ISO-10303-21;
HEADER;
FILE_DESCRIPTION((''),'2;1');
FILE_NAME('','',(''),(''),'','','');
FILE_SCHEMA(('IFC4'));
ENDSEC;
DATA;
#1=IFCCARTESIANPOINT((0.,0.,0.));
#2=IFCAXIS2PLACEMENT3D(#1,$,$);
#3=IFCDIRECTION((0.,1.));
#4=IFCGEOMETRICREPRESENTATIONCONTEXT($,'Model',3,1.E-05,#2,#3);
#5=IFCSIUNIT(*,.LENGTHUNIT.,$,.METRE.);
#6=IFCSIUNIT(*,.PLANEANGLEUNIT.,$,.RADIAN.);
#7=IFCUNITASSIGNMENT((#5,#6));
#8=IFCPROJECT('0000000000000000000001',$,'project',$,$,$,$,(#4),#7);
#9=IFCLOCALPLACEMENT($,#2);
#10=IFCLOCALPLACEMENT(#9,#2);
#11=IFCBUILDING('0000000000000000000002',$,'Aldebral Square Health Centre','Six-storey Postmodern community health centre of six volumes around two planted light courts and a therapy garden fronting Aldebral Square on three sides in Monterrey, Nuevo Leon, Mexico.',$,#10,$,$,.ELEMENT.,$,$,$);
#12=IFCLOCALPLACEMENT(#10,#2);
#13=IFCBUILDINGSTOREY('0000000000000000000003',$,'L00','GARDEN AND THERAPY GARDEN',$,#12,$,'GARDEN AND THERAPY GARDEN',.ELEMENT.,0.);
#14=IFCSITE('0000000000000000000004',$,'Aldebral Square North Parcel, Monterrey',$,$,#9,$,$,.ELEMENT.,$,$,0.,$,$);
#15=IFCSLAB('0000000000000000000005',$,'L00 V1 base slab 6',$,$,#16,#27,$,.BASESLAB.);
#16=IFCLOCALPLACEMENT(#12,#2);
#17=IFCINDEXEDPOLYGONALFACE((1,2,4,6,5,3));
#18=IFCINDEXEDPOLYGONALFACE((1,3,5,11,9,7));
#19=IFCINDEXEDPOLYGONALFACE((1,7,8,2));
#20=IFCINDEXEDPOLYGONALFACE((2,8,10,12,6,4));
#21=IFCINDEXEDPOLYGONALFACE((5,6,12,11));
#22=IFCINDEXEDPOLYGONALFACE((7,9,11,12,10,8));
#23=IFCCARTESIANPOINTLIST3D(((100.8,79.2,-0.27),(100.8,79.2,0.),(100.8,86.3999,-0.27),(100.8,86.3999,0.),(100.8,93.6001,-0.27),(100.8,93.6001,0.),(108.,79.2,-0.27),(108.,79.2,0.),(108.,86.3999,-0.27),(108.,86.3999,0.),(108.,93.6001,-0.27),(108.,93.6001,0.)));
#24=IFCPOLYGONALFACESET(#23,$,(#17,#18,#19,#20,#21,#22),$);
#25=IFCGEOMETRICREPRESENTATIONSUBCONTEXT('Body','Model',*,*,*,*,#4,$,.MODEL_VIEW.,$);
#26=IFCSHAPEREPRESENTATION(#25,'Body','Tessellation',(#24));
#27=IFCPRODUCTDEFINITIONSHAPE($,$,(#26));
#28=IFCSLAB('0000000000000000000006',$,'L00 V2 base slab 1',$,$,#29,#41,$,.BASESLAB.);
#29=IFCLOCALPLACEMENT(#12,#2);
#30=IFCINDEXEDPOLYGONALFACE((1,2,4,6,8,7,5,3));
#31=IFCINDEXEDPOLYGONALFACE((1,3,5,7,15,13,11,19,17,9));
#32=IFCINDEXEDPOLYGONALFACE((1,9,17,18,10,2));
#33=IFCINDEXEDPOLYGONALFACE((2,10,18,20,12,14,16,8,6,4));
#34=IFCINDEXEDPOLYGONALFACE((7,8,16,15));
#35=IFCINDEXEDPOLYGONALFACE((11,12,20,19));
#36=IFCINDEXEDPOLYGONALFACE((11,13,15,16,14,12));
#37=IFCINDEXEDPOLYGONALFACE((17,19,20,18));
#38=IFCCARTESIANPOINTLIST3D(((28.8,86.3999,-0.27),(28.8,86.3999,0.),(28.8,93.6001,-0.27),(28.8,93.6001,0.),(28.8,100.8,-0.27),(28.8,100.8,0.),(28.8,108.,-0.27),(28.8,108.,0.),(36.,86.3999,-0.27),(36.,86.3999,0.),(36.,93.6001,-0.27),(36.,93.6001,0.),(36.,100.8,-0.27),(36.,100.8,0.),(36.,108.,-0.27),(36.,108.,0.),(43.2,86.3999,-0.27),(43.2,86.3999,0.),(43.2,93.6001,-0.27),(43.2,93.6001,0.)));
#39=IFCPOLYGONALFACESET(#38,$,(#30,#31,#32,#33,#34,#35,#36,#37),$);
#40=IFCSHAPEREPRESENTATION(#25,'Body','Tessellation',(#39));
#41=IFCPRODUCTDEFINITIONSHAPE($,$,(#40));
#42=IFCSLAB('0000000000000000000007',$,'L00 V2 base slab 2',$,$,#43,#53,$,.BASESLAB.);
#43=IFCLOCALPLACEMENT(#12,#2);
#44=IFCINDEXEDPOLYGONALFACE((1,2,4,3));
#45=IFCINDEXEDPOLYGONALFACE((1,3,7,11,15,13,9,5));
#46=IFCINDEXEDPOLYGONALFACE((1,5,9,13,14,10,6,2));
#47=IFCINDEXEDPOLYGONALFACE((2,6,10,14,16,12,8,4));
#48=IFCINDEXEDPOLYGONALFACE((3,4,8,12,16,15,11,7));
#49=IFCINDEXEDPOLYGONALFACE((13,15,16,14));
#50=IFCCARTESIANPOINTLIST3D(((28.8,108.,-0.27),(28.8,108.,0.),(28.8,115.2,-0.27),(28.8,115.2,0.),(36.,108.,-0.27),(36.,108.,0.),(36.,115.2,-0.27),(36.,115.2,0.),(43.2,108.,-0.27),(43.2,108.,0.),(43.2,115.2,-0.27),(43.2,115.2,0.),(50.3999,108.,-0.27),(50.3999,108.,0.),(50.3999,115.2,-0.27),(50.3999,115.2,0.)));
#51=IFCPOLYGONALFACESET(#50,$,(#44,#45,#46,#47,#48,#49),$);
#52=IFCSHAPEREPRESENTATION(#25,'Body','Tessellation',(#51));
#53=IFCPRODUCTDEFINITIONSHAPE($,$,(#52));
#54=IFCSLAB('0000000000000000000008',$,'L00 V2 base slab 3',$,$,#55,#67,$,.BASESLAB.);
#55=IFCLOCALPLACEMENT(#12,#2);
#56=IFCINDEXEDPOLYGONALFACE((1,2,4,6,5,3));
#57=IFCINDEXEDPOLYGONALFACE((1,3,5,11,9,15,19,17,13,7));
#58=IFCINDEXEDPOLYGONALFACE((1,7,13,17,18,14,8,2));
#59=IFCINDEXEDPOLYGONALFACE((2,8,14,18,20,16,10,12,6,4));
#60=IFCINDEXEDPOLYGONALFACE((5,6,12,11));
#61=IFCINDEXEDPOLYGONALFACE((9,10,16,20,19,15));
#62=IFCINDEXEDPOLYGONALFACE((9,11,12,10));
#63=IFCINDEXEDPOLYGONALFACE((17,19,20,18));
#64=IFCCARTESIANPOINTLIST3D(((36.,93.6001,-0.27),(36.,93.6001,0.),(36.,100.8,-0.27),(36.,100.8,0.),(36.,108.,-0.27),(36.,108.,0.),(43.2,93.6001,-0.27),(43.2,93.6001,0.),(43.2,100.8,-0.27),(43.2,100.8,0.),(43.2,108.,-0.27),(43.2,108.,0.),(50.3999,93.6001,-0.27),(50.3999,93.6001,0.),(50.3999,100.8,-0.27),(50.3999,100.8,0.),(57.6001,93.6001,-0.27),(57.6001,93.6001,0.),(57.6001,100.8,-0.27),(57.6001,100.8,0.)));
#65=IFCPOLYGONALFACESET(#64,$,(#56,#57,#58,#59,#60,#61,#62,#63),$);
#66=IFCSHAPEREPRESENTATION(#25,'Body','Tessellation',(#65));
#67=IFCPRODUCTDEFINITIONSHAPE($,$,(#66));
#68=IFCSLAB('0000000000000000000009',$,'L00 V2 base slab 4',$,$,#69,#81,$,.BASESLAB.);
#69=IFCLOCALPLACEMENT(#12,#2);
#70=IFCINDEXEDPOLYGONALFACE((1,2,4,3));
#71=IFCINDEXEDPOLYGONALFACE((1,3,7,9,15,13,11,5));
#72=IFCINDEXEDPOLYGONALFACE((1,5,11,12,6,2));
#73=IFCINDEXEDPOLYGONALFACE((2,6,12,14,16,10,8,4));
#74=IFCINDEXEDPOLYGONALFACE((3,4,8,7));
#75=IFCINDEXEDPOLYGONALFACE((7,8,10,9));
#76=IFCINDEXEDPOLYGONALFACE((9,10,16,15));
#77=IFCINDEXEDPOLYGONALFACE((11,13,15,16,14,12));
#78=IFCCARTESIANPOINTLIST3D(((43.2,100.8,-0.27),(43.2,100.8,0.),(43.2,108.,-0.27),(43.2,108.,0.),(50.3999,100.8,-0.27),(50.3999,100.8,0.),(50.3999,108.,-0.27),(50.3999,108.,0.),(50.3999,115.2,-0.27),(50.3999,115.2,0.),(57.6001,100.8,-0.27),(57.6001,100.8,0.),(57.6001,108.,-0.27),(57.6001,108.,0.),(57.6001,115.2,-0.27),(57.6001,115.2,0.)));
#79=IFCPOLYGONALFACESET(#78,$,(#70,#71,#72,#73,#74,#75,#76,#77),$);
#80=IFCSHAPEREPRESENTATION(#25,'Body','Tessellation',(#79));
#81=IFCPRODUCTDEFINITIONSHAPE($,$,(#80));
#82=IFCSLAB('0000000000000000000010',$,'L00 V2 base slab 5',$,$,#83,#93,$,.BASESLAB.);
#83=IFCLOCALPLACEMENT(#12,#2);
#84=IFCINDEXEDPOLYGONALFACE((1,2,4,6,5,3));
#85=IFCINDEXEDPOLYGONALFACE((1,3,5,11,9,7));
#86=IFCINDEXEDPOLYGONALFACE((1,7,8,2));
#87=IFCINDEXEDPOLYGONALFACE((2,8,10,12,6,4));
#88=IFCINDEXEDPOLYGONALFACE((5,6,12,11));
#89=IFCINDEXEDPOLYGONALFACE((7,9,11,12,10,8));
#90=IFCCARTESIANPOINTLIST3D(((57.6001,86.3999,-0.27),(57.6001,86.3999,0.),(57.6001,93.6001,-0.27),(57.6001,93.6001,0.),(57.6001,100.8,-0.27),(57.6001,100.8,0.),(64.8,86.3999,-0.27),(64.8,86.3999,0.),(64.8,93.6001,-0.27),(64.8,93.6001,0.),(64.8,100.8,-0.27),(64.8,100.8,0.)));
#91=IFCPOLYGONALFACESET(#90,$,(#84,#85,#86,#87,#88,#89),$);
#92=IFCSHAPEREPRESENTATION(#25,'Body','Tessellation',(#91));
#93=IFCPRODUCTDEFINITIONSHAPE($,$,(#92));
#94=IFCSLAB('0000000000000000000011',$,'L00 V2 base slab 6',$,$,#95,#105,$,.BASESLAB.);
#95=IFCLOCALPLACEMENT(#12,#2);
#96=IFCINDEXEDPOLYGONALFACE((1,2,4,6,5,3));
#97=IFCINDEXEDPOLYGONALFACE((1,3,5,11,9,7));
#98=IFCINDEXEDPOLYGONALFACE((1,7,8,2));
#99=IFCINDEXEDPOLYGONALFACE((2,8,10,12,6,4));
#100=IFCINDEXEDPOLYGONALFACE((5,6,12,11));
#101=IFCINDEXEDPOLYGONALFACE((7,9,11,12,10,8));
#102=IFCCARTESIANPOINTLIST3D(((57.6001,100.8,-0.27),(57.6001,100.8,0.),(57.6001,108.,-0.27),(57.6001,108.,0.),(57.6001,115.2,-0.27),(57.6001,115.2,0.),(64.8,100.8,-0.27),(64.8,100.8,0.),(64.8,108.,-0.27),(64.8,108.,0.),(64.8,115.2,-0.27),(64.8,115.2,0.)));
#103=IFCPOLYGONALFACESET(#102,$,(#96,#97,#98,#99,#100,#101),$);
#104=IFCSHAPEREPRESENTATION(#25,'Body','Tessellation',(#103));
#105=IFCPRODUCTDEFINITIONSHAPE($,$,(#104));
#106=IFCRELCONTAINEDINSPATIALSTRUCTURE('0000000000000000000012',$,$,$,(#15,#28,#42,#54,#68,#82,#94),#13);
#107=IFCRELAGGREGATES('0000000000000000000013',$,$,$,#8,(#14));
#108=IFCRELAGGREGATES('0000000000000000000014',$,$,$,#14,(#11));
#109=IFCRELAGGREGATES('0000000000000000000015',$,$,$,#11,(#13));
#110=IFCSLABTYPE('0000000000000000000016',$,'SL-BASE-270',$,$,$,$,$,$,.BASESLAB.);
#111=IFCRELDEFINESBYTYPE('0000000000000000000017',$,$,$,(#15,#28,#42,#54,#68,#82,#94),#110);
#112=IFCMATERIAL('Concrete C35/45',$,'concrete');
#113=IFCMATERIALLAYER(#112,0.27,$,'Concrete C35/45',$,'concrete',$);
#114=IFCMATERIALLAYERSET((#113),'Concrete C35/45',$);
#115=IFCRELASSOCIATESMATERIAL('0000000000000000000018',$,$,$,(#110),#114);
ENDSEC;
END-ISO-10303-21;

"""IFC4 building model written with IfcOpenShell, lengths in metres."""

from ifc_helpers import new_model, si_unit, direction, frame, origin, place, context, subcontext, project, spatial, polyline, outline, extrude, material, layer, layer_set, type_object, element, save


model = new_model("IFC4")

# Units and contexts
model_context = context("Model", 3, precision=1e-05, world=origin(), true_north=direction((0.0, 1.0)))
body_context = subcontext(model_context, "Body", "Model", "MODEL_VIEW")
ifc_project = project(units=[si_unit("LENGTHUNIT", "METRE"), si_unit("PLANEANGLEUNIT", "RADIAN")], contexts=[model_context])

# Site, building, storey
site_placement = place(None, origin())
site = spatial("IfcSite", under=ifc_project, at=site_placement, Name="Aldebral Square North Parcel, Monterrey", CompositionType="ELEMENT", RefElevation=0.0)
building_placement = place(site_placement, origin())
building = spatial("IfcBuilding", under=site, at=building_placement, Name="Aldebral Square Health Centre", Description="Six-storey Postmodern community health centre of six volumes around two planted light courts and a therapy garden fronting Aldebral Square on three sides in Monterrey, Nuevo Leon, Mexico.", CompositionType="ELEMENT")
storey_placement = place(building_placement, origin())
storey = spatial("IfcBuildingStorey", under=building, at=storey_placement, Name="L00", Description="GARDEN AND THERAPY GARDEN", LongName="GARDEN AND THERAPY GARDEN", CompositionType="ELEMENT", Elevation=0.0)

# Shared definitions
ifc_material_1 = material(Name="Concrete C35/45", Category="concrete")

# Slabs
ifc_layer_1 = layer(ifc_material_1, 0.27, Name="Concrete C35/45", Category="concrete")
ifc_layer_set_1 = layer_set([ifc_layer_1], Name="Concrete C35/45")
slab_type_1 = type_object("IfcSlabType", Name="SL-BASE-270", PredefinedType="BASESLAB", material=ifc_layer_set_1)
slab_1_placement = place(storey_placement, frame((0.0, 0.0, -0.27)))
element("IfcSlab", 1, at=slab_1_placement, inside=storey, type_object=slab_type_1, Name="L00 V1 base slab 6", PredefinedType="BASESLAB", context=body_context, shape_type="SweptSolid", body=[
    extrude(outline(polyline([(108.0, 79.2), (100.8, 79.2), (100.8, 86.3999), (100.8, 93.6001), (108.0, 93.6001), (108.0, 86.3999), (108.0, 79.2)])), origin(), (0.0, 0.0, 1.0), 0.27),
])
slab_2_placement = place(storey_placement, frame((0.0, 0.0, -0.27)))
element("IfcSlab", 2, at=slab_2_placement, inside=storey, type_object=slab_type_1, Name="L00 V2 base slab 1", PredefinedType="BASESLAB", context=body_context, shape_type="SweptSolid", body=[
    extrude(outline(polyline([(28.8, 93.6001), (28.8, 100.8), (28.8, 108.0), (36.0, 108.0), (36.0, 100.8), (36.0, 93.6001), (43.2, 93.6001), (43.2, 86.3999), (36.0, 86.3999), (28.8, 86.3999), (28.8, 93.6001)])), origin(), (0.0, 0.0, 1.0), 0.27),
])
slab_3_placement = place(storey_placement, frame((0.0, 0.0, -0.27)))
element("IfcSlab", 3, at=slab_3_placement, inside=storey, type_object=slab_type_1, Name="L00 V2 base slab 2", PredefinedType="BASESLAB", context=body_context, shape_type="SweptSolid", body=[
    extrude(outline(polyline([(28.8, 108.0), (28.8, 115.2), (36.0, 115.2), (43.2, 115.2), (50.3999, 115.2), (50.3999, 108.0), (43.2, 108.0), (36.0, 108.0), (28.8, 108.0)])), origin(), (0.0, 0.0, 1.0), 0.27),
])
slab_4_placement = place(storey_placement, frame((0.0, 0.0, -0.27)))
element("IfcSlab", 4, at=slab_4_placement, inside=storey, type_object=slab_type_1, Name="L00 V2 base slab 3", PredefinedType="BASESLAB", context=body_context, shape_type="SweptSolid", body=[
    extrude(outline(polyline([(36.0, 100.8), (36.0, 108.0), (43.2, 108.0), (43.2, 100.8), (50.3999, 100.8), (57.6001, 100.8), (57.6001, 93.6001), (50.3999, 93.6001), (43.2, 93.6001), (36.0, 93.6001), (36.0, 100.8)])), origin(), (0.0, 0.0, 1.0), 0.27),
])
slab_5_placement = place(storey_placement, frame((0.0, 0.0, -0.27)))
element("IfcSlab", 5, at=slab_5_placement, inside=storey, type_object=slab_type_1, Name="L00 V2 base slab 4", PredefinedType="BASESLAB", context=body_context, shape_type="SweptSolid", body=[
    extrude(outline(polyline([(43.2, 100.8), (43.2, 108.0), (50.3999, 108.0), (50.3999, 115.2), (57.6001, 115.2), (57.6001, 108.0), (57.6001, 100.8), (50.3999, 100.8), (43.2, 100.8)])), origin(), (0.0, 0.0, 1.0), 0.27),
])
slab_6_placement = place(storey_placement, frame((0.0, 0.0, -0.27)))
element("IfcSlab", 6, at=slab_6_placement, inside=storey, type_object=slab_type_1, Name="L00 V2 base slab 5", PredefinedType="BASESLAB", context=body_context, shape_type="SweptSolid", body=[
    extrude(outline(polyline([(64.8, 86.3999), (57.6001, 86.3999), (57.6001, 93.6001), (57.6001, 100.8), (64.8, 100.8), (64.8, 93.6001), (64.8, 86.3999)])), origin(), (0.0, 0.0, 1.0), 0.27),
])
slab_7_placement = place(storey_placement, frame((0.0, 0.0, -0.27)))
element("IfcSlab", 7, at=slab_7_placement, inside=storey, type_object=slab_type_1, Name="L00 V2 base slab 6", PredefinedType="BASESLAB", context=body_context, shape_type="SweptSolid", body=[
    extrude(outline(polyline([(64.8, 100.8), (57.6001, 100.8), (57.6001, 108.0), (57.6001, 115.2), (64.8, 115.2), (64.8, 108.0), (64.8, 100.8)])), origin(), (0.0, 0.0, 1.0), 0.27),
])

save(model, "model.ifc")
